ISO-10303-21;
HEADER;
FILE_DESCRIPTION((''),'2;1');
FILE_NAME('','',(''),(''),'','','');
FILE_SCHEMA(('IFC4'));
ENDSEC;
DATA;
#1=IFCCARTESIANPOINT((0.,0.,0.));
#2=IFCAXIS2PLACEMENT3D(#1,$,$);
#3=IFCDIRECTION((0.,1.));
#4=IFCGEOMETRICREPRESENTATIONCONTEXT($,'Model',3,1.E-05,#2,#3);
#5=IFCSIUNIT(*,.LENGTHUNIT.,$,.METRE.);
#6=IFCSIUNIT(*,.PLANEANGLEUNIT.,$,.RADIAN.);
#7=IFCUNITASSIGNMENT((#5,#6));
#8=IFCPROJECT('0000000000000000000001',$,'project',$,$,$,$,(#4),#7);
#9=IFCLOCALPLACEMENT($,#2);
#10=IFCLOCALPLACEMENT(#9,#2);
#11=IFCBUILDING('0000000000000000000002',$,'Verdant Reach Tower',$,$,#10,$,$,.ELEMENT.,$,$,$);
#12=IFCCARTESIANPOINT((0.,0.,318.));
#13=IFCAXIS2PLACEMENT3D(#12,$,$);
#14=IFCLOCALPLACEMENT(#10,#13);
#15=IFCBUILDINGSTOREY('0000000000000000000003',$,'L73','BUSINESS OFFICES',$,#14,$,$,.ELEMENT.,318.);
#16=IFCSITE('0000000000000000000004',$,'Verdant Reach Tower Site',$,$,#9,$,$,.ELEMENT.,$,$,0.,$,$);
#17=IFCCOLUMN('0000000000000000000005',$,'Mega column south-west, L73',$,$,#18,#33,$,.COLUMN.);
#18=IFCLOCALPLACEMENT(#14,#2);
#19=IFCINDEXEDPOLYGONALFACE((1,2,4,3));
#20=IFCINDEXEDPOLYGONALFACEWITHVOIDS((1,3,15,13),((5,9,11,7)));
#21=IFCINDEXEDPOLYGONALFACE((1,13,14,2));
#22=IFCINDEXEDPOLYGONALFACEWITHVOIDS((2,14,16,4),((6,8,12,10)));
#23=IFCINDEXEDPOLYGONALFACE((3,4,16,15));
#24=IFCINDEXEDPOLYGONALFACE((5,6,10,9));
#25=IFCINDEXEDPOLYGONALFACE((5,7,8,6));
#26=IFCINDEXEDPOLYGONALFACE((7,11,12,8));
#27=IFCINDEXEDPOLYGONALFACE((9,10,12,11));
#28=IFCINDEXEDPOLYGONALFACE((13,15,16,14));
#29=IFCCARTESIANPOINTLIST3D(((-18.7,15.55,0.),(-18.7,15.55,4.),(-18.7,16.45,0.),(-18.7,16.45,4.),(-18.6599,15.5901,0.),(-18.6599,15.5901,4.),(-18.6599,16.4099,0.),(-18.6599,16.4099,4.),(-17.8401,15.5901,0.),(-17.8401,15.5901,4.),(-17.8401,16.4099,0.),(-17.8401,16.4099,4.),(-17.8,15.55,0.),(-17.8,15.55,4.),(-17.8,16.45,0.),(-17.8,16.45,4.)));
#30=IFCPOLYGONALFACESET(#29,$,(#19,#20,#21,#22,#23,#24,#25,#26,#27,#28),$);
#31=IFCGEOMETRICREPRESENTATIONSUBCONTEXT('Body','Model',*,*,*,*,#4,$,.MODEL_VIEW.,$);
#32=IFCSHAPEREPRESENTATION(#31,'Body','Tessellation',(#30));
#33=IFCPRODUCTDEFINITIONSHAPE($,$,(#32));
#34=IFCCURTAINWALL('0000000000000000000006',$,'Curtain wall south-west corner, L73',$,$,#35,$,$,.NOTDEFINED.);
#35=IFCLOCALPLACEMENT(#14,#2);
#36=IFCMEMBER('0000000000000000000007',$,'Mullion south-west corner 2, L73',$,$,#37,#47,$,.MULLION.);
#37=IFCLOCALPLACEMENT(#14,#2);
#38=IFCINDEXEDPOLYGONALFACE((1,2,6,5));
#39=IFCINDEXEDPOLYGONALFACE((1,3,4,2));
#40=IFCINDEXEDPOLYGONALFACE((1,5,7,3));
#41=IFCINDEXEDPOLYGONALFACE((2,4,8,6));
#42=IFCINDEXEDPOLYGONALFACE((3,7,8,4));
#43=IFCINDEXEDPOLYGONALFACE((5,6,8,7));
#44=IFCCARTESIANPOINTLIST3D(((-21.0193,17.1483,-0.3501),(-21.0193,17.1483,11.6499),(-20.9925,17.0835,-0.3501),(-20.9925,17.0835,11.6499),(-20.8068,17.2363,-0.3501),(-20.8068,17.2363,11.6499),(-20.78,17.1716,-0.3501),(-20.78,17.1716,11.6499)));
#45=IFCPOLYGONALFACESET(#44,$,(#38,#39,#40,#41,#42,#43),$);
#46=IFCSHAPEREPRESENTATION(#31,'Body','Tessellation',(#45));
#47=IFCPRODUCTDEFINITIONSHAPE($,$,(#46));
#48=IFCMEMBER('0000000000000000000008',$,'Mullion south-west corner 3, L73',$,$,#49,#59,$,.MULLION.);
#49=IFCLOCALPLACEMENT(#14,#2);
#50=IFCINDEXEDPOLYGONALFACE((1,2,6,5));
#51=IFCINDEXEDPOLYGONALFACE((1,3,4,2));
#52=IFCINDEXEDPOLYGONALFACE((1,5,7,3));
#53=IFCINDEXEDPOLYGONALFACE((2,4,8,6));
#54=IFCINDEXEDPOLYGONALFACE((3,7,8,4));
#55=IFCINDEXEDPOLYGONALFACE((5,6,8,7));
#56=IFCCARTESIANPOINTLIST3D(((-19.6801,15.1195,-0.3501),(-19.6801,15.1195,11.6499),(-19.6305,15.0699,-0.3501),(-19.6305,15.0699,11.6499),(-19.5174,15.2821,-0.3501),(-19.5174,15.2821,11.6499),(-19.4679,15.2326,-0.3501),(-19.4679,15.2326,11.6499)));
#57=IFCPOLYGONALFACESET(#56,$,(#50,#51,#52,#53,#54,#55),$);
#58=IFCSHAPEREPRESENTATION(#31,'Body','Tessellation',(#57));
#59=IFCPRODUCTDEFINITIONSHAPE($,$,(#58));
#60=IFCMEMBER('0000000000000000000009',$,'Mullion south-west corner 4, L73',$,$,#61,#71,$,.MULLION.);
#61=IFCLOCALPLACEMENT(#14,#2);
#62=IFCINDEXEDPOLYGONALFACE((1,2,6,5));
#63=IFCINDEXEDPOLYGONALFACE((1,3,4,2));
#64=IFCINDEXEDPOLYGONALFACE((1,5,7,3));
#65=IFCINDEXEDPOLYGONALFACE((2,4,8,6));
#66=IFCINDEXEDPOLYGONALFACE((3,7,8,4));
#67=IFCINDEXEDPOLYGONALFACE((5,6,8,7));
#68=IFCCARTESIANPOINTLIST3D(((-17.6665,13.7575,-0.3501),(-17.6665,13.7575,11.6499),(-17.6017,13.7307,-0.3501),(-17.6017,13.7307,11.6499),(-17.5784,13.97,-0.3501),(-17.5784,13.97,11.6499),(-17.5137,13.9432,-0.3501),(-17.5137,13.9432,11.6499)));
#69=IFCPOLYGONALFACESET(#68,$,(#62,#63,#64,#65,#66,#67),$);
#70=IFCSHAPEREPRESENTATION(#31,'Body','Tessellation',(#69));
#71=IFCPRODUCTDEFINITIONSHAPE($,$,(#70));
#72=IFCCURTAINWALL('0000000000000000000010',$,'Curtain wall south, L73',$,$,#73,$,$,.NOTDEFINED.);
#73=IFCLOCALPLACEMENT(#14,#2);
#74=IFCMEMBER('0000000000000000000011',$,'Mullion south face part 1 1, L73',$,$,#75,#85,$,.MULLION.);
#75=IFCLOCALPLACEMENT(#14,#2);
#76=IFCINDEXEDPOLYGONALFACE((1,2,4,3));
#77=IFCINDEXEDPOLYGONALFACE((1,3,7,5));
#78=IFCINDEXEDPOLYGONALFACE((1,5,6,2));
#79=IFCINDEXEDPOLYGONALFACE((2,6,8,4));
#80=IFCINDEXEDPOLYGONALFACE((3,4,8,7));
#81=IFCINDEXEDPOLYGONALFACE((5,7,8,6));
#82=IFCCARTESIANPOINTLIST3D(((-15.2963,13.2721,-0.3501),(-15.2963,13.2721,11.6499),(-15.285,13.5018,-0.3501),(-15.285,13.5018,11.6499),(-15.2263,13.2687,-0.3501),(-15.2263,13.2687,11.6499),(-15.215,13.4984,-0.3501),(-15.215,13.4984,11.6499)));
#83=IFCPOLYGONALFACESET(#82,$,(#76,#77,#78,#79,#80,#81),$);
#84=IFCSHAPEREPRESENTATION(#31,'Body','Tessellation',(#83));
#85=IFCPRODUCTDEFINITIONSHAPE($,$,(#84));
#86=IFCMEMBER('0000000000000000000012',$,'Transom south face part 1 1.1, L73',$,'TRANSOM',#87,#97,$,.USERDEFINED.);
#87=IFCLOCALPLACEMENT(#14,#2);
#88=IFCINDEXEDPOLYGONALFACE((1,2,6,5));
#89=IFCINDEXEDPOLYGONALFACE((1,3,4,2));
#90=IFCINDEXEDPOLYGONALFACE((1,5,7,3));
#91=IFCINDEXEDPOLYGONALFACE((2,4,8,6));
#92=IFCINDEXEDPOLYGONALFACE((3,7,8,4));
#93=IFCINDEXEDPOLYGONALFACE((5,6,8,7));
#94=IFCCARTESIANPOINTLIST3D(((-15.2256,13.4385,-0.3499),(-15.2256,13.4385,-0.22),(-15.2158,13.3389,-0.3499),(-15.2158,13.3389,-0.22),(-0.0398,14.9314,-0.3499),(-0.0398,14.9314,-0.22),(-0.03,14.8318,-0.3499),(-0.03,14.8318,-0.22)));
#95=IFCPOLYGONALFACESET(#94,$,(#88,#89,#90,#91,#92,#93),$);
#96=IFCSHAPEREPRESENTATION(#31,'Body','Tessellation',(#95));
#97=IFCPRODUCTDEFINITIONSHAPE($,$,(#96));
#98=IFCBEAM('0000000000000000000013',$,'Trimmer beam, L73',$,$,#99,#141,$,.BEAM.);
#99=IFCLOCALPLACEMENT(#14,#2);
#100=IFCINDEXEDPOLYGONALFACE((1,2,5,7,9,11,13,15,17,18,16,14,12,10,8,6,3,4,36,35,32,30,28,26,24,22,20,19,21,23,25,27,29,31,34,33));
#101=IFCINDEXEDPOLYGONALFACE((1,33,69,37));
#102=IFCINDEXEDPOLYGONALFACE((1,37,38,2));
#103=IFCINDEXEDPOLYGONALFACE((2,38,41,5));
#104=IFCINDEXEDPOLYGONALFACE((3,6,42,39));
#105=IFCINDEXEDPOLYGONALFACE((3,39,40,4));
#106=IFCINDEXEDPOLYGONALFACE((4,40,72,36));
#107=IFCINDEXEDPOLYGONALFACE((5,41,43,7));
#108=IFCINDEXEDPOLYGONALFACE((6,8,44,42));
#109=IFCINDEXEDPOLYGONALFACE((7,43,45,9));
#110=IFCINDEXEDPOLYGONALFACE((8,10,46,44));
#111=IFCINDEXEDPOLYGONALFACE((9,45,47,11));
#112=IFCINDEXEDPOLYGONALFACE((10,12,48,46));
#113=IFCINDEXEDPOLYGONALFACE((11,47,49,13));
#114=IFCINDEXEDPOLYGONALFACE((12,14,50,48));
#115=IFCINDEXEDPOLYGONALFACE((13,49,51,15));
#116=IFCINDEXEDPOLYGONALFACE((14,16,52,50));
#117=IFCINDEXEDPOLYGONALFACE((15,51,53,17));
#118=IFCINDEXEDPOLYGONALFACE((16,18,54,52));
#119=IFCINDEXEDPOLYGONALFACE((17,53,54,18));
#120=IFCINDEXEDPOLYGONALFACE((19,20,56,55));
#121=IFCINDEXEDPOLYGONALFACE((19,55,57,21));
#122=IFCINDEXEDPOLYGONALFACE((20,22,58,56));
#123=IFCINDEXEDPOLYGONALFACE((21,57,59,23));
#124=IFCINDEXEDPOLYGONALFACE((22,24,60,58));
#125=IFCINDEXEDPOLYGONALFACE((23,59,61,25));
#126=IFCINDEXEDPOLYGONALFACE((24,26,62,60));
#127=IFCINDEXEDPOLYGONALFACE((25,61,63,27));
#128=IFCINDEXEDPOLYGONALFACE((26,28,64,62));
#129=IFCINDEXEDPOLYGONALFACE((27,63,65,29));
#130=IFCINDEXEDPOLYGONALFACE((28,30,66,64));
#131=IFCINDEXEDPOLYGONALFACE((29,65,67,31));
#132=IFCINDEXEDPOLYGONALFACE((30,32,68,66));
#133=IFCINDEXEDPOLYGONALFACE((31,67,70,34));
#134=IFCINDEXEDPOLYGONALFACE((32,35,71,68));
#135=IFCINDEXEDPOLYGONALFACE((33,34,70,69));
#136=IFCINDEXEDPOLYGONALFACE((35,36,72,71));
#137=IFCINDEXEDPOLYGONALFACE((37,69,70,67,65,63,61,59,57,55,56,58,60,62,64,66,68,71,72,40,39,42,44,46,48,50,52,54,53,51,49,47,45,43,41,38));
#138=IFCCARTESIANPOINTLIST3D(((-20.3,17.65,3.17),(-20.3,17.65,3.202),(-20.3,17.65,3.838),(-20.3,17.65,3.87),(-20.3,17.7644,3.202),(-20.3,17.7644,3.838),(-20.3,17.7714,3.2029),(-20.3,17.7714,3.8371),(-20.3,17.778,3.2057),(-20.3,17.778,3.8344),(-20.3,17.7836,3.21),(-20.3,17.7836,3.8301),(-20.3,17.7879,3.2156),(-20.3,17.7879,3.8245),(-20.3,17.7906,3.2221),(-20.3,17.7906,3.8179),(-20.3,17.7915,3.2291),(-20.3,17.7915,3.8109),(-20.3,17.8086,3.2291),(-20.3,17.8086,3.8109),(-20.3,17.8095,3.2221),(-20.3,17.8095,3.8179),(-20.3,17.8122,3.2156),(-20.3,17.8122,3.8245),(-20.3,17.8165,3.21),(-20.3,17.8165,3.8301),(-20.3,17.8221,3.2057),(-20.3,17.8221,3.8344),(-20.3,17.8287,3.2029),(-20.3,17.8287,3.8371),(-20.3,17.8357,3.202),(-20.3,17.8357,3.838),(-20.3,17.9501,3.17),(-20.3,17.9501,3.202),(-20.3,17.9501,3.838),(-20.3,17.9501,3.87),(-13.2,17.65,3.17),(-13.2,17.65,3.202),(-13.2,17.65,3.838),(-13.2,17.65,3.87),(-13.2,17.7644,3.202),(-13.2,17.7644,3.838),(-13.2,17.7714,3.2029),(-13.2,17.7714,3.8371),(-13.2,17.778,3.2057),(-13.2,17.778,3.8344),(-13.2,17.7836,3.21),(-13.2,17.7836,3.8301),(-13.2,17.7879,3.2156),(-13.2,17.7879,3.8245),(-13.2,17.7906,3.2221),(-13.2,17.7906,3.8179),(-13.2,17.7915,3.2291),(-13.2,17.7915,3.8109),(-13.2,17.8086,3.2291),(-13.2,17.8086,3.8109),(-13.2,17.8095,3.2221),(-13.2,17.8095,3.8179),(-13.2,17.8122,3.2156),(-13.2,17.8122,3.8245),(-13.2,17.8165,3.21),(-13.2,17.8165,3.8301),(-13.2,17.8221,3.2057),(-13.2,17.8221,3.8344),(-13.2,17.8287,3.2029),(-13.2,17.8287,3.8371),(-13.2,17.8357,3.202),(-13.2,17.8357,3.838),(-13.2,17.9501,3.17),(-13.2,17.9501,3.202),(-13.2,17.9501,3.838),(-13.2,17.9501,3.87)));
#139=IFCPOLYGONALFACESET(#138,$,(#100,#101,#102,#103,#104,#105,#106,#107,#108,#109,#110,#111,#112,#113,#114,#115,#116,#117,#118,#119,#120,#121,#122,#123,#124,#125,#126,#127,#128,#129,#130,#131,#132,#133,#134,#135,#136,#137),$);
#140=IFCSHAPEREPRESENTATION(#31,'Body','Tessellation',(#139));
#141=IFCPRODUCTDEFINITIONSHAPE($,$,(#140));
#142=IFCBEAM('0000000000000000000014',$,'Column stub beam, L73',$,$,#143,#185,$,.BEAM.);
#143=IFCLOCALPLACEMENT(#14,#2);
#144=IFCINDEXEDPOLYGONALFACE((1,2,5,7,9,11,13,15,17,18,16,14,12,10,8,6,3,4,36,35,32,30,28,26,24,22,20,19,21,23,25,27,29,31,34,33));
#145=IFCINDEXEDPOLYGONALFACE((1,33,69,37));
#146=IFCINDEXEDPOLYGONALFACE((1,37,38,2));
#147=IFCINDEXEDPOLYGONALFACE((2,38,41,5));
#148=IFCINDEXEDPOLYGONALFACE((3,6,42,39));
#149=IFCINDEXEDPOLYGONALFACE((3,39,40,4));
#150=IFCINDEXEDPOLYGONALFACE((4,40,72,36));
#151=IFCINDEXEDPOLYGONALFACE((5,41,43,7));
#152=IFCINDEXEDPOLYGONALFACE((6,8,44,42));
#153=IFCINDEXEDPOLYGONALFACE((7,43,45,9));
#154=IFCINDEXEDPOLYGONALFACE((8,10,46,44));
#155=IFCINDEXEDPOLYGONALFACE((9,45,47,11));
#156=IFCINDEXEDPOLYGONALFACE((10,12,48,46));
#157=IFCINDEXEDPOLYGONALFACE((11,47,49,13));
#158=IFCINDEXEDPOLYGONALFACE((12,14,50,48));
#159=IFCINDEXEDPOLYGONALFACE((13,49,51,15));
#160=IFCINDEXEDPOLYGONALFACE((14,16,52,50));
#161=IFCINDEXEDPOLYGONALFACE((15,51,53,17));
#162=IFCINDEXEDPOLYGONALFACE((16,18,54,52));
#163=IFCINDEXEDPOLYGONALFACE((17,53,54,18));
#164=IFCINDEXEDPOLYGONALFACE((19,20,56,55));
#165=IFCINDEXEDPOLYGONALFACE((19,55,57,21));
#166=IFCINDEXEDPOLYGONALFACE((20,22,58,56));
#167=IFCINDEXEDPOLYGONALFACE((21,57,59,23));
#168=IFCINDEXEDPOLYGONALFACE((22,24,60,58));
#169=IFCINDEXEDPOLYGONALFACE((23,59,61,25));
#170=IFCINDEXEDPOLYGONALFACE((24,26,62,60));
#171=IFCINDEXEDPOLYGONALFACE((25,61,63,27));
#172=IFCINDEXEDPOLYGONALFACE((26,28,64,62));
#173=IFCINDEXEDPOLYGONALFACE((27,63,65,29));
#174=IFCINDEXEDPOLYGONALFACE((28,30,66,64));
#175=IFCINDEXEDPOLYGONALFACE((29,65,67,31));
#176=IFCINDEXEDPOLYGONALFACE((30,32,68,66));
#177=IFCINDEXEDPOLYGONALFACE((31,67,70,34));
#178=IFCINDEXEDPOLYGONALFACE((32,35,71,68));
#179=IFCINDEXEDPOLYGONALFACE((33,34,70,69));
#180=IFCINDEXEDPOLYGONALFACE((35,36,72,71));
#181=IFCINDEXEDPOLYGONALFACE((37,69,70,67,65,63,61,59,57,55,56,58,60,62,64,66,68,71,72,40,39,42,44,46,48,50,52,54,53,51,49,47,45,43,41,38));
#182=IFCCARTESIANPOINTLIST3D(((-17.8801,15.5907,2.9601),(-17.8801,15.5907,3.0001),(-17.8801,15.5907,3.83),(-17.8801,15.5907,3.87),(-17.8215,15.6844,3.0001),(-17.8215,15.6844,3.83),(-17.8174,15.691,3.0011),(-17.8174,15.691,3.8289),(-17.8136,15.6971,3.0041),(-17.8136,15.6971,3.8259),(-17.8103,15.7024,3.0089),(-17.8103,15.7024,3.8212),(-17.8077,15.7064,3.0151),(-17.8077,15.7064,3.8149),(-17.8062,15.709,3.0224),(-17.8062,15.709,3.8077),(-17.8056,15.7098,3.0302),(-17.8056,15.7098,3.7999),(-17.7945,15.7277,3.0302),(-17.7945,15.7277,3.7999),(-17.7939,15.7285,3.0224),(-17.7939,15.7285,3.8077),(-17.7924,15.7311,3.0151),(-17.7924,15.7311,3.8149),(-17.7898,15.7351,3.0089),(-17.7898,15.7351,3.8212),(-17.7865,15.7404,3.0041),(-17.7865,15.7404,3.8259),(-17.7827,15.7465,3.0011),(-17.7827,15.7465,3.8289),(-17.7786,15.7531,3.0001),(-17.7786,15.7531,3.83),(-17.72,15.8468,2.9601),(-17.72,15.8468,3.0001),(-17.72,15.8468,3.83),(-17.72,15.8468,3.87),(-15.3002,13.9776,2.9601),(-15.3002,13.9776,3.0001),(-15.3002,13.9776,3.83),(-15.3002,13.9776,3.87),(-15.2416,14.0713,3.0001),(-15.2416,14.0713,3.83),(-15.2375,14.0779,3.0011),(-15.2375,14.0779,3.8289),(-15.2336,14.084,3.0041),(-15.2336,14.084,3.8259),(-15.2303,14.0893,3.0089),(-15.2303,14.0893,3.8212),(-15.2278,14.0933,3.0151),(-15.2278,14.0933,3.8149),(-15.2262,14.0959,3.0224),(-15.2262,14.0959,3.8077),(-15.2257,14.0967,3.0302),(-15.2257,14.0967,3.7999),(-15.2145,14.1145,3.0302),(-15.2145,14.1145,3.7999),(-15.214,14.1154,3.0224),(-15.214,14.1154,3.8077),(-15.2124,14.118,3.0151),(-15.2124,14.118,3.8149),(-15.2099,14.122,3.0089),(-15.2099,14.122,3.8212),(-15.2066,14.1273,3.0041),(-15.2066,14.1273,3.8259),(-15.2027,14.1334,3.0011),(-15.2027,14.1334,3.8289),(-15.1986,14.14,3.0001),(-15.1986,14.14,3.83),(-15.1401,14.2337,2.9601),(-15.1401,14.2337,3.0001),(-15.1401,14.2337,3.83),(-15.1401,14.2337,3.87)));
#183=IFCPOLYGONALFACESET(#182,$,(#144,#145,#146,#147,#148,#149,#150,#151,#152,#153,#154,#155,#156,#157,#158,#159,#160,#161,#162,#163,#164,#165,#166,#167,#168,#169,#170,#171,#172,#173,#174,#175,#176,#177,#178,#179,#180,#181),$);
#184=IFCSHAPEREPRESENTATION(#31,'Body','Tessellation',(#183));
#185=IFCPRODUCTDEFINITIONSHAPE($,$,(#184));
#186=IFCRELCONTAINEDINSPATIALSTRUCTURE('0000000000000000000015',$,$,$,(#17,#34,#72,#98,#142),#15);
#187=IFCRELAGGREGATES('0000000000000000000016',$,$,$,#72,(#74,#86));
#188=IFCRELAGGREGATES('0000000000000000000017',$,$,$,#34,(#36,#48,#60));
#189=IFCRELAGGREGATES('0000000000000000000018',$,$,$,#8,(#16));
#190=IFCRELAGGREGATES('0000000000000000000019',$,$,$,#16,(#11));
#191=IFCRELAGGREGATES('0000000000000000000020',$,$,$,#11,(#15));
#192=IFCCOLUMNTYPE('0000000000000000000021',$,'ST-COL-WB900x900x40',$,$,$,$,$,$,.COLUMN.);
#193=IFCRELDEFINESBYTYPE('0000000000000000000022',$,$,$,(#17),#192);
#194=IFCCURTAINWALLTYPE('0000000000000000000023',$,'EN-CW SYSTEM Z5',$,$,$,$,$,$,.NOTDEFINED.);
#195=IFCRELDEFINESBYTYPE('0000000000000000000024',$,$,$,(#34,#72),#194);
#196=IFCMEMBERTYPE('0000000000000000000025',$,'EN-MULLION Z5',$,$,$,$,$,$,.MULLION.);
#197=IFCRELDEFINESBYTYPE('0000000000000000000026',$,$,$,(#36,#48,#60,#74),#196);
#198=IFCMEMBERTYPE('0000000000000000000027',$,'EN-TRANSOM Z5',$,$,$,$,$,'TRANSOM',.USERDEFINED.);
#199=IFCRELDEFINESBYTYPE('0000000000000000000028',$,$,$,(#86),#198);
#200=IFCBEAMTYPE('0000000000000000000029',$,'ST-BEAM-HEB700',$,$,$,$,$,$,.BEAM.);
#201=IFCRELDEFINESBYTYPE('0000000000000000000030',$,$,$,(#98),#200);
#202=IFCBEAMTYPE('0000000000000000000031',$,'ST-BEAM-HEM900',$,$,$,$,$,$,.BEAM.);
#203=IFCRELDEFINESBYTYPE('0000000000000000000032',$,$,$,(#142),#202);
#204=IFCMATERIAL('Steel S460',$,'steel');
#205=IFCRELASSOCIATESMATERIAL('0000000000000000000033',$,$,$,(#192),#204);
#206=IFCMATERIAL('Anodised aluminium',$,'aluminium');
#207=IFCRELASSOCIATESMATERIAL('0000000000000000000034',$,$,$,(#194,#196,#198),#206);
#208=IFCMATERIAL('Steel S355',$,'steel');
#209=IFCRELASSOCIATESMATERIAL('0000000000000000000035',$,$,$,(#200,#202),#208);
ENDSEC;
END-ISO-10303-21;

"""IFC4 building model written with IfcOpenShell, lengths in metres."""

from ifc_helpers import new_model, si_unit, direction, frame, origin, origin_2d, place, context, subcontext, project, spatial, rectangle, hollow_rectangle, i_section, extrude, material, material_profile, profile_set, type_object, element, aggregate, save


model = new_model("IFC4")

# Units and contexts
model_context = context("Model", 3, precision=1e-05, world=origin(), true_north=direction((0.0, 1.0)))
body_context = subcontext(model_context, "Body", "Model", "MODEL_VIEW")
ifc_project = project(units=[si_unit("LENGTHUNIT", "METRE"), si_unit("PLANEANGLEUNIT", "RADIAN")], contexts=[model_context])

# Site, building, storey
site_placement = place(None, origin())
site = spatial("IfcSite", under=ifc_project, at=site_placement, Name="Verdant Reach Tower Site", CompositionType="ELEMENT", RefElevation=0.0)
building_placement = place(site_placement, origin())
building = spatial("IfcBuilding", under=site, at=building_placement, Name="Verdant Reach Tower", CompositionType="ELEMENT")
storey_placement = place(building_placement, frame((0.0, 0.0, 318.0)))
storey = spatial("IfcBuildingStorey", under=building, at=storey_placement, Name="L73", Description="BUSINESS OFFICES", CompositionType="ELEMENT", Elevation=318.0)

# Column
ifc_material_1 = material(Name="Steel S460", Category="steel")
ifc_material_profile_1 = material_profile(ifc_material_1, hollow_rectangle(XDim=0.8999, YDim=0.8999, WallThickness=0.04, at=origin_2d()), Name="WB 900x900x40")
ifc_profile_set_1 = profile_set([ifc_material_profile_1], Name="Steel S460")
column_type = type_object("IfcColumnType", Name="ST-COL-WB900x900x40", PredefinedType="COLUMN", material=ifc_profile_set_1)
column_placement = place(storey_placement, frame((-18.25, 16.0, 0.0), z_axis=(0.0, 0.0, 1.0), x_axis=(1.0, 0.0, 0.0)))
element("IfcColumn", 1, at=column_placement, inside=storey, type_object=column_type, Name="Mega column south-west, L73", PredefinedType="COLUMN", context=body_context, shape_type="SweptSolid", body=[
    extrude(hollow_rectangle(XDim=0.8999, YDim=0.8999, WallThickness=0.04, at=origin_2d()), origin(), (0.0, 0.0, 1.0), 4.0),
])

# Curtain walls, members
ifc_material_2 = material(Name="Anodised aluminium", Category="aluminium")
curtain_wall_type = type_object("IfcCurtainWallType", Name="EN-CW SYSTEM Z5", PredefinedType="NOTDEFINED", material=ifc_material_2)
curtain_wall_1_placement = place(storey_placement, origin())
curtain_wall_1 = element("IfcCurtainWall", 2, at=curtain_wall_1_placement, inside=storey, type_object=curtain_wall_type, Name="Curtain wall south-west corner, L73", PredefinedType="NOTDEFINED")
ifc_material_profile_2 = material_profile(ifc_material_2, rectangle(XDim=0.23, YDim=0.0701, at=origin_2d()), Name="Mullion 70x230")
ifc_profile_set_2 = profile_set([ifc_material_profile_2], Name="Anodised aluminium")
member_type_1 = type_object("IfcMemberType", Name="EN-MULLION Z5", PredefinedType="MULLION", material=ifc_profile_set_2)
member_1_placement = place(storey_placement, frame((-20.8997, 17.1599, -0.3501), z_axis=(0.0, 0.0, 1.0), x_axis=(-0.923875, -0.382694, 0.0)))
member_1 = element("IfcMember", 3, at=member_1_placement, type_object=member_type_1, Name="Mullion south-west corner 2, L73", PredefinedType="MULLION", context=body_context, shape_type="SweptSolid", body=[
    extrude(rectangle(XDim=0.23, YDim=0.0701, at=origin_2d()), origin(), (0.0, 0.0, 1.0), 12.0),
])
member_2_placement = place(storey_placement, frame((-19.574, 15.176, -0.3501), z_axis=(0.0, 0.0, 1.0), x_axis=(-0.707107, -0.707107, 0.0)))
member_2 = element("IfcMember", 4, at=member_2_placement, type_object=member_type_1, Name="Mullion south-west corner 3, L73", PredefinedType="MULLION", context=body_context, shape_type="SweptSolid", body=[
    extrude(rectangle(XDim=0.23, YDim=0.0701, at=origin_2d()), origin(), (0.0, 0.0, 1.0), 12.0),
])
member_3_placement = place(storey_placement, frame((-17.5901, 13.8503, -0.3501), z_axis=(0.0, 0.0, 1.0), x_axis=(-0.382694, -0.923875, 0.0)))
member_3 = element("IfcMember", 5, at=member_3_placement, type_object=member_type_1, Name="Mullion south-west corner 4, L73", PredefinedType="MULLION", context=body_context, shape_type="SweptSolid", body=[
    extrude(rectangle(XDim=0.23, YDim=0.0701, at=origin_2d()), origin(), (0.0, 0.0, 1.0), 12.0),
])
curtain_wall_2_placement = place(storey_placement, origin())
curtain_wall_2 = element("IfcCurtainWall", 6, at=curtain_wall_2_placement, inside=storey, type_object=curtain_wall_type, Name="Curtain wall south, L73", PredefinedType="NOTDEFINED")
member_4_placement = place(storey_placement, frame((-15.2556, 13.3853, -0.3501), z_axis=(0.0, 0.0, 1.0), x_axis=(-0.049128, -0.998793, 0.0)))
member_4 = element("IfcMember", 7, at=member_4_placement, type_object=member_type_1, Name="Mullion south face part 1 1, L73", PredefinedType="MULLION", context=body_context, shape_type="SweptSolid", body=[
    extrude(rectangle(XDim=0.23, YDim=0.0701, at=origin_2d()), origin(), (0.0, 0.0, 1.0), 12.0),
])
ifc_material_profile_3 = material_profile(ifc_material_2, rectangle(XDim=0.1001, YDim=0.1299, at=origin_2d()), Name="Transom 130x100")
ifc_profile_set_3 = profile_set([ifc_material_profile_3], Name="Anodised aluminium")
member_type_2 = type_object("IfcMemberType", Name="EN-TRANSOM Z5", ElementType="TRANSOM", PredefinedType="USERDEFINED", material=ifc_profile_set_3)
member_5_placement = place(storey_placement, frame((-15.2207, 13.3887, -0.2849), z_axis=(0.995202, 0.097839, 0.0), x_axis=(-0.097839, 0.995202, 0.0)))
member_5 = element("IfcMember", 8, at=member_5_placement, type_object=member_type_2, Name="Transom south face part 1 1.1, L73", ObjectType="TRANSOM", PredefinedType="USERDEFINED", context=body_context, shape_type="SweptSolid", body=[
    extrude(rectangle(XDim=0.1001, YDim=0.1299, at=origin_2d()), origin(), (0.0, 0.0, 1.0), 15.259),
])

# Beams
ifc_material_3 = material(Name="Steel S355", Category="steel")
ifc_material_profile_4 = material_profile(ifc_material_3, i_section(OverallWidth=0.3, OverallDepth=0.7, WebThickness=0.0171, FlangeThickness=0.032, FilletRadius=0.0271, at=origin_2d()), Name="HEB 700")
ifc_profile_set_4 = profile_set([ifc_material_profile_4], Name="Steel S355")
beam_type_1 = type_object("IfcBeamType", Name="ST-BEAM-HEB700", PredefinedType="BEAM", material=ifc_profile_set_4)
beam_1_placement = place(storey_placement, frame((-13.2, 17.8, 3.52), z_axis=(-1.0, 0.0, 0.0), x_axis=(0.0, -1.0, 0.0)))
element("IfcBeam", 9, at=beam_1_placement, inside=storey, type_object=beam_type_1, Name="Trimmer beam, L73", PredefinedType="BEAM", context=body_context, shape_type="SweptSolid", body=[
    extrude(i_section(OverallWidth=0.3, OverallDepth=0.7, WebThickness=0.0171, FlangeThickness=0.032, FilletRadius=0.0271, at=origin_2d()), origin(), (0.0, 0.0, 1.0), 7.1001),
])
ifc_material_profile_5 = material_profile(ifc_material_3, i_section(OverallWidth=0.302, OverallDepth=0.9099, WebThickness=0.021, FlangeThickness=0.04, FilletRadius=0.03, at=origin_2d()), Name="HEM 900")
ifc_profile_set_5 = profile_set([ifc_material_profile_5], Name="Steel S355")
beam_type_2 = type_object("IfcBeamType", Name="ST-BEAM-HEM900", PredefinedType="BEAM", material=ifc_profile_set_5)
beam_2_placement = place(storey_placement, frame((-17.8, 15.7188, 3.415), z_axis=(0.847904, -0.53015, 0.0), x_axis=(0.53015, 0.847904, 0.0)))
element("IfcBeam", 10, at=beam_2_placement, inside=storey, type_object=beam_type_2, Name="Column stub beam, L73", PredefinedType="BEAM", context=body_context, shape_type="SweptSolid", body=[
    extrude(i_section(OverallWidth=0.302, OverallDepth=0.9099, WebThickness=0.021, FlangeThickness=0.04, FilletRadius=0.03, at=origin_2d()), origin(), (0.0, 0.0, 1.0), 3.0427),
])

aggregate(curtain_wall_2, [member_4, member_5])
aggregate(curtain_wall_1, [member_1, member_2, member_3])

save(model, "model.ifc")
